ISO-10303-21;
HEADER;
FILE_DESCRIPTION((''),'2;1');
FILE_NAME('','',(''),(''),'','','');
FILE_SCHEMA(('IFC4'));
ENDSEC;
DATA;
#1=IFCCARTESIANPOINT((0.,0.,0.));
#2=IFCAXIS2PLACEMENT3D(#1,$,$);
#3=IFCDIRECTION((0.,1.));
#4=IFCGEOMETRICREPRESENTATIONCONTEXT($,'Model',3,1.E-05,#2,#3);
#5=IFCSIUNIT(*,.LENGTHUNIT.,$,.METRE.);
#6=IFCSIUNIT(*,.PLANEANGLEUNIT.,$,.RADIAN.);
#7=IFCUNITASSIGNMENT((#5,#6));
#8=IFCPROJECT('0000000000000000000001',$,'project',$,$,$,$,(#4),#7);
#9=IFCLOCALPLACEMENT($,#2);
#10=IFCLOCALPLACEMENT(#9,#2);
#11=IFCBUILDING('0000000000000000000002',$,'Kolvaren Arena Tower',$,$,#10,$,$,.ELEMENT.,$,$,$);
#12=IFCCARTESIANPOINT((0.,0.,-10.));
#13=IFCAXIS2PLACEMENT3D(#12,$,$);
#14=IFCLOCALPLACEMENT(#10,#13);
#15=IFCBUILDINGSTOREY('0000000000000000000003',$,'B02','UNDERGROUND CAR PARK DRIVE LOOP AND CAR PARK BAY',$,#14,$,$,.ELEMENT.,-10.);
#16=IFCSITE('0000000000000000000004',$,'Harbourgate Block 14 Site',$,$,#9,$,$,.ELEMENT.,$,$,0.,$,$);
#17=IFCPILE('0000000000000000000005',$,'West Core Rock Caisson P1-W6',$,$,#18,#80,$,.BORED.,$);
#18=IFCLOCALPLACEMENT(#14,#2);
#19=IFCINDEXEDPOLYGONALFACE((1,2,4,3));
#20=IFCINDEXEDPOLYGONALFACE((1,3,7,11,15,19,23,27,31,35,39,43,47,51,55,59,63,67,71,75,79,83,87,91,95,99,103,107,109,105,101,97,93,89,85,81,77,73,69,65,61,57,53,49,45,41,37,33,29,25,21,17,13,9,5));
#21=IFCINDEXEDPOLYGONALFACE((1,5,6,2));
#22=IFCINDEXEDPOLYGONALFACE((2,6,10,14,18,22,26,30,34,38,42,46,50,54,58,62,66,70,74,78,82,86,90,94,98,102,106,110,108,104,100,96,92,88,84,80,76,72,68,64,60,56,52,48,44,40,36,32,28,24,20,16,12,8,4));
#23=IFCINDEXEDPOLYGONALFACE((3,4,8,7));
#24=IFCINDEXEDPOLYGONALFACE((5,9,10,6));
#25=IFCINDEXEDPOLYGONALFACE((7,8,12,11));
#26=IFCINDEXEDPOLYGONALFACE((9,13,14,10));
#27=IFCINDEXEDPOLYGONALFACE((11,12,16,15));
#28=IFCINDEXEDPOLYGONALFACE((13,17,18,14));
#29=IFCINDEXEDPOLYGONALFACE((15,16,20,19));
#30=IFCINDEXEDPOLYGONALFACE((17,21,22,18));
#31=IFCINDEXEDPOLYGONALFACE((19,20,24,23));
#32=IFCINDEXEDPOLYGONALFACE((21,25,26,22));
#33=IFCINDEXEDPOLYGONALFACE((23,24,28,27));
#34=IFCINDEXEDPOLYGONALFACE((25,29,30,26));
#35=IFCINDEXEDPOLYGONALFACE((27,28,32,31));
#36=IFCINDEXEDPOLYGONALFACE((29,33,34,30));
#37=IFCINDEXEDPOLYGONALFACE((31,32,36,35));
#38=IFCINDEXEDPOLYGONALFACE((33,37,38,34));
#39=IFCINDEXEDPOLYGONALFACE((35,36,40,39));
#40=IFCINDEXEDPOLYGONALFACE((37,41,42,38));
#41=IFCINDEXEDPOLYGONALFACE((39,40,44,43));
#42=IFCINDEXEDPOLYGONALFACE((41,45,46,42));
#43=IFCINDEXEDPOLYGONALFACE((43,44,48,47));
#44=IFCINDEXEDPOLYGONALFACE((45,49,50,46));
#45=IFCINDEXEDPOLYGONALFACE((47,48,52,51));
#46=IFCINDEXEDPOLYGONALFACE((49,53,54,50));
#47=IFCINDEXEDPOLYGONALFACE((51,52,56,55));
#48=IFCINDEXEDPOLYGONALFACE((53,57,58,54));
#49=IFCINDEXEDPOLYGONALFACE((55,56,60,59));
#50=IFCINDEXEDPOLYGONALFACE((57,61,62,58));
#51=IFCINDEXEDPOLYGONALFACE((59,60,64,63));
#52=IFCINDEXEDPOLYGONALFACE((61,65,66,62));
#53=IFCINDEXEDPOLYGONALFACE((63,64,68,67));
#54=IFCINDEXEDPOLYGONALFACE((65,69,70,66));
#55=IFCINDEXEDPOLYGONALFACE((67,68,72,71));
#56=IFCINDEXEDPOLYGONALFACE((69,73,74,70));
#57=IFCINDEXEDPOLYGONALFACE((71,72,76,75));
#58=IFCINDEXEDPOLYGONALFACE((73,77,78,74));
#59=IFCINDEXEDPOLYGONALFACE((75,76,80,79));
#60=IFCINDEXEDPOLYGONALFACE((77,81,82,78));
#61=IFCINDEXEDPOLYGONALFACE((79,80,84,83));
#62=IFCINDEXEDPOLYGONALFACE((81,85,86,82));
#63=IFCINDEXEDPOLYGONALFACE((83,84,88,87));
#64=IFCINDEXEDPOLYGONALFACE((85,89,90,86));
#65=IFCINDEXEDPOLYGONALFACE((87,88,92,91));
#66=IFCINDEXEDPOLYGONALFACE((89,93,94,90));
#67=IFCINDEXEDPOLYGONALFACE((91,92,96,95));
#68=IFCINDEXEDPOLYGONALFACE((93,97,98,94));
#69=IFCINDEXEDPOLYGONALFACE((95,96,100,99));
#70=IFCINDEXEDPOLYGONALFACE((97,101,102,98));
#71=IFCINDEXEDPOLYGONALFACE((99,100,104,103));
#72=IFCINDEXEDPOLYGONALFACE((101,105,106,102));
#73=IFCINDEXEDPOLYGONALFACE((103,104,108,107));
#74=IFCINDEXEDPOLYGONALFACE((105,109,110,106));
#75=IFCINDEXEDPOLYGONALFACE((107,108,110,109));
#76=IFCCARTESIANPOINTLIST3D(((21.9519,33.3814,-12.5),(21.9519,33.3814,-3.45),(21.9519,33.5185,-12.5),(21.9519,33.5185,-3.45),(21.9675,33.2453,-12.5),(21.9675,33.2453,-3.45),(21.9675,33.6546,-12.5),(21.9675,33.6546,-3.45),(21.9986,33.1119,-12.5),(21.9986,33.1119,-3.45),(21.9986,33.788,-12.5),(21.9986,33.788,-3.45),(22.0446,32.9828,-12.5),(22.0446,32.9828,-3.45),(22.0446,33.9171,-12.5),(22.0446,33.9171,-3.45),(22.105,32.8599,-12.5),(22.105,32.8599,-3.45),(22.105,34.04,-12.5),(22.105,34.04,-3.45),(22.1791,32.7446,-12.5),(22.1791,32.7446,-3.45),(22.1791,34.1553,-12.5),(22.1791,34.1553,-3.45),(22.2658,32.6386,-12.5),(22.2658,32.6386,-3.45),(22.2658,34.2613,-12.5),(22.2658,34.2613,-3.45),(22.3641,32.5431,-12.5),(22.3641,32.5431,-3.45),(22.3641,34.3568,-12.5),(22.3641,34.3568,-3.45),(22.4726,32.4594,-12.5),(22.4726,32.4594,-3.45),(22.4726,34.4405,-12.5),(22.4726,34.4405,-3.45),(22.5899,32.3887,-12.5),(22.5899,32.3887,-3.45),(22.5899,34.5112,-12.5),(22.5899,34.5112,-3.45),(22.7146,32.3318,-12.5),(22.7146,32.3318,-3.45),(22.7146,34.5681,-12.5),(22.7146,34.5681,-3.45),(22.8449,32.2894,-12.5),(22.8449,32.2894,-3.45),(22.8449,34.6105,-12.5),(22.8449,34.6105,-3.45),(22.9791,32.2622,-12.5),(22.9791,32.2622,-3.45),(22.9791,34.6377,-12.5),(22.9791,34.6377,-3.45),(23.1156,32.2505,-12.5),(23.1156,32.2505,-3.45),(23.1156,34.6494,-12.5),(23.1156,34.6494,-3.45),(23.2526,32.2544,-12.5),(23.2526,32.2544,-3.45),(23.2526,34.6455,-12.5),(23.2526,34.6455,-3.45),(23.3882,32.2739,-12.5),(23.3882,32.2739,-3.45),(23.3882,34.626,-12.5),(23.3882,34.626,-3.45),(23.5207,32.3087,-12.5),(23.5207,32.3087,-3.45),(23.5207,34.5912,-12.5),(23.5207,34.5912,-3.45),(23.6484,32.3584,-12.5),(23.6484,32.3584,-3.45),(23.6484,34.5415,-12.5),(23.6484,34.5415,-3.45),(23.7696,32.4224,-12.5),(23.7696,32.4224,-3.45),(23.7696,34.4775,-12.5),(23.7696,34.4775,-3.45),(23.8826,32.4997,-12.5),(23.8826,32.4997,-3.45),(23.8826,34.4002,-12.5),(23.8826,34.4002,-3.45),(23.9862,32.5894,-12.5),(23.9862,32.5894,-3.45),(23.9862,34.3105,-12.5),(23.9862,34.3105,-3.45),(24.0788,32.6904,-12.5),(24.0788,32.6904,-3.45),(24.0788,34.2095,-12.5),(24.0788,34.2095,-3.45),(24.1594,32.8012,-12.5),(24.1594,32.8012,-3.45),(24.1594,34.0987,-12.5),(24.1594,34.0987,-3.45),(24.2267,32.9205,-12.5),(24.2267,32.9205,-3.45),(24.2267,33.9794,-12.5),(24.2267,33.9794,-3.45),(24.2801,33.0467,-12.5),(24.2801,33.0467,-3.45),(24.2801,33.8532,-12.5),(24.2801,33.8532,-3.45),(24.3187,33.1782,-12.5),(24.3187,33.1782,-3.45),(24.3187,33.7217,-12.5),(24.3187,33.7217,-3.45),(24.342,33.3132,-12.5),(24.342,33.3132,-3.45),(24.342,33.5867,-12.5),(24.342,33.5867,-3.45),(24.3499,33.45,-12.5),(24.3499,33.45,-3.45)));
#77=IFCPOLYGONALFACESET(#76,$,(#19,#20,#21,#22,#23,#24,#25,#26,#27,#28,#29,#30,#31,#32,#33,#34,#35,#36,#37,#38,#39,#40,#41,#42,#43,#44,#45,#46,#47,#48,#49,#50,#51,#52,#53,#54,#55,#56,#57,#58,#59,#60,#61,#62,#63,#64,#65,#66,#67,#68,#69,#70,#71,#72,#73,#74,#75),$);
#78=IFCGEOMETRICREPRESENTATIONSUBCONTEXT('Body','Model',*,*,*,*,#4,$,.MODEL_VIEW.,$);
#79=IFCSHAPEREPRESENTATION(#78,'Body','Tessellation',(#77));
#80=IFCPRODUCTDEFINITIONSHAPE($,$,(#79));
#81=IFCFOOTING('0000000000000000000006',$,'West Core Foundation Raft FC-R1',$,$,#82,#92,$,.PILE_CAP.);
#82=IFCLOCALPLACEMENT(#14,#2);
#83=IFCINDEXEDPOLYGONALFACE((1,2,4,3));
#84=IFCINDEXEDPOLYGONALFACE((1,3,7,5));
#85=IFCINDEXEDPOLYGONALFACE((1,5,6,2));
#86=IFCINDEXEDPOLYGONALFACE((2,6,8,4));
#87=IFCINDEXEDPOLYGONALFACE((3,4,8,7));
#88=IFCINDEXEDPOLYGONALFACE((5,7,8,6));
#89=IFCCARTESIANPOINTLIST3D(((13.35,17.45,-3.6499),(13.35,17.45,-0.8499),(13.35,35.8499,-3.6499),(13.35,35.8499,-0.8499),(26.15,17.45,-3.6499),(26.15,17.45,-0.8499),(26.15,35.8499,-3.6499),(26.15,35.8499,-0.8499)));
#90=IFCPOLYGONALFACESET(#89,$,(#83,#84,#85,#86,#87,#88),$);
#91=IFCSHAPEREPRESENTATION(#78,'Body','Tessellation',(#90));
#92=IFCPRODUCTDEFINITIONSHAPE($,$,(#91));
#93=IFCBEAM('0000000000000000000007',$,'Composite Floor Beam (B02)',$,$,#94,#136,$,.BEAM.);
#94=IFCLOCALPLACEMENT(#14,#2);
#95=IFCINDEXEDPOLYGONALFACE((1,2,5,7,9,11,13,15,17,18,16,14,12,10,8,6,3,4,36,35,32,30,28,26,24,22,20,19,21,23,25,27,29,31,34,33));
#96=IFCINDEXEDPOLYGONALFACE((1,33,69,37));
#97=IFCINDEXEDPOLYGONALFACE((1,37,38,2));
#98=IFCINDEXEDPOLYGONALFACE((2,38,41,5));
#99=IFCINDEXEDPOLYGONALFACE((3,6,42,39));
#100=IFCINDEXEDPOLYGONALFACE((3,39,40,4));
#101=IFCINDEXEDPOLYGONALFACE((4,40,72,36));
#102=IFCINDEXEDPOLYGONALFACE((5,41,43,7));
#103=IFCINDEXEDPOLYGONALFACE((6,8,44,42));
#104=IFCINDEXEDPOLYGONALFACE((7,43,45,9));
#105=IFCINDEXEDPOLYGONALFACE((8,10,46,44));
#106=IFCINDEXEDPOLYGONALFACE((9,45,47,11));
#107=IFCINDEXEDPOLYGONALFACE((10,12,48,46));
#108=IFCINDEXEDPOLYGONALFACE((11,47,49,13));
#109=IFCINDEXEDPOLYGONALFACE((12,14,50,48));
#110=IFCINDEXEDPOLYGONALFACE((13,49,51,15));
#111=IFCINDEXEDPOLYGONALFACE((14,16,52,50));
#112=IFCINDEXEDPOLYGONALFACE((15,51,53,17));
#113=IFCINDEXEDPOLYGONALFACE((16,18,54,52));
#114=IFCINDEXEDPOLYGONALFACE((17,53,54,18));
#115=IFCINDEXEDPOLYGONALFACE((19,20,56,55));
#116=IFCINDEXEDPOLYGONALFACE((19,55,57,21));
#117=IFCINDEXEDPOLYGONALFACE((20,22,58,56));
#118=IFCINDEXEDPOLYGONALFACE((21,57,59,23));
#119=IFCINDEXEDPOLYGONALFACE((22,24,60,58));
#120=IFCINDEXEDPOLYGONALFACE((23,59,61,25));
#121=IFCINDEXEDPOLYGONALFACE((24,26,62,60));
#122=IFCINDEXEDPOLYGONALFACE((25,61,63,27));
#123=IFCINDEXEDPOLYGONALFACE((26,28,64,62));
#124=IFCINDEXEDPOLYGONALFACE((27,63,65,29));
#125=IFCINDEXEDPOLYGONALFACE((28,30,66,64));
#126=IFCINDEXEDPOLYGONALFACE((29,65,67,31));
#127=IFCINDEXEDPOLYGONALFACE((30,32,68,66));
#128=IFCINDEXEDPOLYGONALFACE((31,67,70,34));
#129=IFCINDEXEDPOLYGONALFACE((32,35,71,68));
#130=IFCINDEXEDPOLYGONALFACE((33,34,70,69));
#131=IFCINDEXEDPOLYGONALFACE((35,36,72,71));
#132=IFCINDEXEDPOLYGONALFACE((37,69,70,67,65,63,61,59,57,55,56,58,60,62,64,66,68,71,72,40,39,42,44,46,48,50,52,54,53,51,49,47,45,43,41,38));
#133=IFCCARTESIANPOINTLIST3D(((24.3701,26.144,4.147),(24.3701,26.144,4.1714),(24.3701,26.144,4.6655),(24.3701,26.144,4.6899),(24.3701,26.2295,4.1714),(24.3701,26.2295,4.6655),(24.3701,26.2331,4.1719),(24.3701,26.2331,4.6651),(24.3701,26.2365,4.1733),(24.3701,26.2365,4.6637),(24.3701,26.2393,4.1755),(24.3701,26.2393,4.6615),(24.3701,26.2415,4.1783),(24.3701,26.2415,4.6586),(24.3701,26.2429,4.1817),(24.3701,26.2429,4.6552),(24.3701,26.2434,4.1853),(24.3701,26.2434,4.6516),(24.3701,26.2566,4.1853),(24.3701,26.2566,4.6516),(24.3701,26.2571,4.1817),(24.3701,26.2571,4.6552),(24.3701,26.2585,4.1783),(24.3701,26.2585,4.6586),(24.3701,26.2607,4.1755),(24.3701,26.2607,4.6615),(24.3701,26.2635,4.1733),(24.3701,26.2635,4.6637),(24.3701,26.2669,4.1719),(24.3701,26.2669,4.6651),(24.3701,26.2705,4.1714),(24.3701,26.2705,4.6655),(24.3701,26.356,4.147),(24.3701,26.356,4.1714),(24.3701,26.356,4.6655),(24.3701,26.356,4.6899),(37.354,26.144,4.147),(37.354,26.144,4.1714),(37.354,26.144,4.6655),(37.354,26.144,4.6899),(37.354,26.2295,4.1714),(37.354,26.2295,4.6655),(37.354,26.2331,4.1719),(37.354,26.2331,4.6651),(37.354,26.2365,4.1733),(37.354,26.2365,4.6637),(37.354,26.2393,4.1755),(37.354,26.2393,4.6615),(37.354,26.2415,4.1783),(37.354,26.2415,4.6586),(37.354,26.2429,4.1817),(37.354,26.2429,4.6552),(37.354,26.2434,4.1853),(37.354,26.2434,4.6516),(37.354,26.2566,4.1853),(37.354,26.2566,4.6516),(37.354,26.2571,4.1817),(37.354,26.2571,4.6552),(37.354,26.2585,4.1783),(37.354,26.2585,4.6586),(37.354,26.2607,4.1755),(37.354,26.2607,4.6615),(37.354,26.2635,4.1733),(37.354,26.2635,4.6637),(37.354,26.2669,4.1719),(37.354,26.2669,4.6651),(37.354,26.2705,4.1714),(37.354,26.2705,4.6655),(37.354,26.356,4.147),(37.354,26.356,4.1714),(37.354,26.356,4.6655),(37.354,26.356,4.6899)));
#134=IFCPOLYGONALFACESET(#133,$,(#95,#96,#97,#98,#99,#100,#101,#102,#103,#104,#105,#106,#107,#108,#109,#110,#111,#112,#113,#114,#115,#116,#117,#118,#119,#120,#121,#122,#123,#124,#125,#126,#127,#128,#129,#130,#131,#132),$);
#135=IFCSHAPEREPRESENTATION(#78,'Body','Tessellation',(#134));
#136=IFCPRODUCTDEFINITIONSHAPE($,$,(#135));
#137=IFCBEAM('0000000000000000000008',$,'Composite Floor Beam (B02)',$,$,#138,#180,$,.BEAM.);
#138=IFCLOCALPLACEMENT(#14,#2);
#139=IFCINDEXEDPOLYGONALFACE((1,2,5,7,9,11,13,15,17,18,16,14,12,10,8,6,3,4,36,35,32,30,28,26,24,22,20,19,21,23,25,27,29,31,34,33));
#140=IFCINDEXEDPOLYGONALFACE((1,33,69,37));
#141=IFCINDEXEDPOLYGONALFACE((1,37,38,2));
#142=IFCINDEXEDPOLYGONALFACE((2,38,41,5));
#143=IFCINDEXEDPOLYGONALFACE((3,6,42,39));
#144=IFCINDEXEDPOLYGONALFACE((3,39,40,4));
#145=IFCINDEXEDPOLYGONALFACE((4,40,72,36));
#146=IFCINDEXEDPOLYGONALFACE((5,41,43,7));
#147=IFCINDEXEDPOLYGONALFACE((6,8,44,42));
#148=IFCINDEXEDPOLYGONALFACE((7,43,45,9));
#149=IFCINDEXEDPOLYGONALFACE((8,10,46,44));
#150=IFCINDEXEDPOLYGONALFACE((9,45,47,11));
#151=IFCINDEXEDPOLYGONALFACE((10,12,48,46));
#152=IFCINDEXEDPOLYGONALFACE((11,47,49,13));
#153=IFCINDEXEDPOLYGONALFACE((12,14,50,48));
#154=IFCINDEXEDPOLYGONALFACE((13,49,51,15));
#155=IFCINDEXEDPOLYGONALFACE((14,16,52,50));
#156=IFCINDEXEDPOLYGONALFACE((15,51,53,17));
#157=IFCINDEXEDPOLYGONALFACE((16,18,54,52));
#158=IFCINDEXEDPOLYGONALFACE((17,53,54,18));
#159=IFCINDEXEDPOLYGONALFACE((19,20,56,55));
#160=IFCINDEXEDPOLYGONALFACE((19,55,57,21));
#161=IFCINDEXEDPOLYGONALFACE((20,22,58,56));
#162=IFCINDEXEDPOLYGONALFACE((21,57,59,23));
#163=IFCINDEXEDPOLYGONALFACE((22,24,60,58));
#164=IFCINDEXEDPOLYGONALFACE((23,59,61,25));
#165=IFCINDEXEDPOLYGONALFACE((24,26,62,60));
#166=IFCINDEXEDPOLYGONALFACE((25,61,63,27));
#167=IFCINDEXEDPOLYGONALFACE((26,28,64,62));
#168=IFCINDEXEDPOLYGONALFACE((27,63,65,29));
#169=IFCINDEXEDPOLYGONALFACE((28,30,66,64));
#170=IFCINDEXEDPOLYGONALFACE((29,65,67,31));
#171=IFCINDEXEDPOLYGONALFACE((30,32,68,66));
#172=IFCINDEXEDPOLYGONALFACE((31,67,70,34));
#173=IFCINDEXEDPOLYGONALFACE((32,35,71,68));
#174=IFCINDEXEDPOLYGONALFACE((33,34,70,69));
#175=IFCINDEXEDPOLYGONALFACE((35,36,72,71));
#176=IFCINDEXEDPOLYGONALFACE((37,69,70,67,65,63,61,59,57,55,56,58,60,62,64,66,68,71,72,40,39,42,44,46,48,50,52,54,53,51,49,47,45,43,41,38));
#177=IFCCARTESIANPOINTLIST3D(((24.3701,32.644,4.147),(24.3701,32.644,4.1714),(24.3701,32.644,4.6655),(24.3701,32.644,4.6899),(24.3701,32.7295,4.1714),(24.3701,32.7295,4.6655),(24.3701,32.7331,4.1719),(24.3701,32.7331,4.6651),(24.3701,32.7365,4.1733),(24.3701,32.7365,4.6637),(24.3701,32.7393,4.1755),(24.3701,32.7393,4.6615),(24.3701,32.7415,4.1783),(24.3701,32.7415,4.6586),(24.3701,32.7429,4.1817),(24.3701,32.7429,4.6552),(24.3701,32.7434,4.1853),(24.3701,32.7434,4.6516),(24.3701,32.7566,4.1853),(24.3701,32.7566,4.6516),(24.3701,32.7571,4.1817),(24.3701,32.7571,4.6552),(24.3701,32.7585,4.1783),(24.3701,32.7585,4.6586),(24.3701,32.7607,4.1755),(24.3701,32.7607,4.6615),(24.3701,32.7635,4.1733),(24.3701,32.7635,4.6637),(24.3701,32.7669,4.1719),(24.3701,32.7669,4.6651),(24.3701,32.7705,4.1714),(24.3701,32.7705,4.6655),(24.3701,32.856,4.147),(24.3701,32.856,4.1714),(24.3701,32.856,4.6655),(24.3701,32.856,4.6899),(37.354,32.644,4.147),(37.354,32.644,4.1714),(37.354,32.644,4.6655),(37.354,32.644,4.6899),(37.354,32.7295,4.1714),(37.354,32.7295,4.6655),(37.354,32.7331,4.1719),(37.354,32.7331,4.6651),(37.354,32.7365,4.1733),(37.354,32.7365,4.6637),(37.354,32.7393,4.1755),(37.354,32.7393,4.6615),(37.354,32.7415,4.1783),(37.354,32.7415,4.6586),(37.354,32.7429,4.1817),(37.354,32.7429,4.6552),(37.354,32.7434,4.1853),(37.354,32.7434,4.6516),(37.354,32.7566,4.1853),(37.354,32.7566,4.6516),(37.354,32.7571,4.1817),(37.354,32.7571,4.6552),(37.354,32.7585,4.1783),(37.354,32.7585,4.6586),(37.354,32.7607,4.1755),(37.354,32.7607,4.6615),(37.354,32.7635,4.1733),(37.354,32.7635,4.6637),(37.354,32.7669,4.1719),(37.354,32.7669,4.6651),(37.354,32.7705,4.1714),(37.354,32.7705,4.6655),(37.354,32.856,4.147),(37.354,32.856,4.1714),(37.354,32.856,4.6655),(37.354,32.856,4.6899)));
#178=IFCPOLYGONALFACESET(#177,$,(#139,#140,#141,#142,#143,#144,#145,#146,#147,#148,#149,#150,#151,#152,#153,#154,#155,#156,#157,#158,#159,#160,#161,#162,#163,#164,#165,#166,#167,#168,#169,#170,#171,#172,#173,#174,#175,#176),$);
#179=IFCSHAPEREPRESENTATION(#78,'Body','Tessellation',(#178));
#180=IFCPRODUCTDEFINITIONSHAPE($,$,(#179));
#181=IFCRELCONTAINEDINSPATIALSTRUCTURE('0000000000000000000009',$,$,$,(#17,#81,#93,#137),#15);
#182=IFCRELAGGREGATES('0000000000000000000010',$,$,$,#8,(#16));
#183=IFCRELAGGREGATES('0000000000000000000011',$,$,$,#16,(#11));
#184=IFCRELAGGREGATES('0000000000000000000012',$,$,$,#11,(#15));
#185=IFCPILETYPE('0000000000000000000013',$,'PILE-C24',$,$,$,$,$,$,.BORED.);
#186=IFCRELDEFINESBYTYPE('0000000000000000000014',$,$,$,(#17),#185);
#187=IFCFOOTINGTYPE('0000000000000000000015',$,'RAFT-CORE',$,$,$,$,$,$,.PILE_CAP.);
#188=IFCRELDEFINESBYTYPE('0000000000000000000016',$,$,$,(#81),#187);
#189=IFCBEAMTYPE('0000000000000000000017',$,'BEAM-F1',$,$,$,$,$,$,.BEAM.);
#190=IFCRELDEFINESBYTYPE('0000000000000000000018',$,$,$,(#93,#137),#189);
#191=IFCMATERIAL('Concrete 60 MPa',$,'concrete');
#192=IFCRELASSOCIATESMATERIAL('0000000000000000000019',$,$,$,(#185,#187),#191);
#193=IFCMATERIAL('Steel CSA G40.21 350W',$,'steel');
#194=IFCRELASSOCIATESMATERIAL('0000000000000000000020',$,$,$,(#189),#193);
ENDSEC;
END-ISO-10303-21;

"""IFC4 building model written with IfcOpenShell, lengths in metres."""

from ifc_helpers import new_model, si_unit, direction, frame, origin, origin_2d, place, context, subcontext, project, spatial, rectangle, circle, i_section, extrude, material, material_profile, profile_set, type_object, element, save


model = new_model("IFC4")

# Units and contexts
model_context = context("Model", 3, precision=1e-05, world=origin(), true_north=direction((0.0, 1.0)))
body_context = subcontext(model_context, "Body", "Model", "MODEL_VIEW")
ifc_project = project(units=[si_unit("LENGTHUNIT", "METRE"), si_unit("PLANEANGLEUNIT", "RADIAN")], contexts=[model_context])

# Site, building, storey
site_placement = place(None, origin())
site = spatial("IfcSite", under=ifc_project, at=site_placement, Name="Harbourgate Block 14 Site", CompositionType="ELEMENT", RefElevation=0.0)
building_placement = place(site_placement, origin())
building = spatial("IfcBuilding", under=site, at=building_placement, Name="Kolvaren Arena Tower", CompositionType="ELEMENT")
storey_placement = place(building_placement, frame((0.0, 0.0, -10.0)))
storey = spatial("IfcBuildingStorey", under=building, at=storey_placement, Name="B02", Description="UNDERGROUND CAR PARK DRIVE LOOP AND CAR PARK BAY", CompositionType="ELEMENT", Elevation=-10.0)

# Pile
ifc_material_1 = material(Name="Concrete 60 MPa", Category="concrete")
ifc_material_profile_1 = material_profile(ifc_material_1, circle(Radius=1.2, at=origin_2d()), Name="CAISSON-D2400")
ifc_profile_set_1 = profile_set([ifc_material_profile_1], Name="Concrete 60 MPa")
pile_type = type_object("IfcPileType", Name="PILE-C24", PredefinedType="BORED", material=ifc_profile_set_1)
for number, where, z_axis, x_axis, name in (
    (1, (23.1499, 33.45, -3.45), (0.0, 0.0, -1.0), (1.0, 0.0, 0.0), "West Core Rock Caisson P1-W6"),
):
    element("IfcPile", number, at=place(storey_placement, frame(where, z_axis=z_axis, x_axis=x_axis)), inside=storey, type_object=pile_type, Name=name, PredefinedType="BORED", context=body_context, shape_type="SweptSolid", body=[
        extrude(circle(Radius=1.2, at=origin_2d()), origin(), (0.0, 0.0, 1.0), 9.05),
    ])

# Footing
footing_type = type_object("IfcFootingType", Name="RAFT-CORE", PredefinedType="PILE_CAP", material=ifc_material_1)
footing_placement = place(storey_placement, frame((19.75, 26.6499, -3.6499), z_axis=(0.0, 0.0, 1.0), x_axis=(1.0, 0.0, 0.0)))
element("IfcFooting", 2, at=footing_placement, inside=storey, type_object=footing_type, Name="West Core Foundation Raft FC-R1", PredefinedType="PILE_CAP", context=body_context, shape_type="SweptSolid", body=[
    extrude(rectangle(XDim=12.8, YDim=18.3999, at=origin_2d()), origin(), (0.0, 0.0, 1.0), 2.8),
])

# Beams
ifc_material_2 = material(Name="Steel CSA G40.21 350W", Category="steel")
ifc_material_profile_2 = material_profile(ifc_material_2, i_section(OverallWidth=0.2119, OverallDepth=0.543, WebThickness=0.0132, FlangeThickness=0.0244, FilletRadius=0.0139, at=origin_2d()), Name="W530x150")
ifc_profile_set_2 = profile_set([ifc_material_profile_2], Name="Steel CSA G40.21 350W")
beam_type_1 = type_object("IfcBeamType", Name="BEAM-F1", PredefinedType="BEAM", material=ifc_profile_set_2)
for number, where, z_axis, x_axis, name in (
    (3, (24.3701, 26.25, 4.4185), (1.0, 0.0, 0.0), (0.0, 1.0, 0.0), "Composite Floor Beam (B02)"),
    (4, (24.3701, 32.75, 4.4185), (1.0, 0.0, 0.0), (0.0, 1.0, 0.0), "Composite Floor Beam (B02)"),
):
    element("IfcBeam", number, at=place(storey_placement, frame(where, z_axis=z_axis, x_axis=x_axis)), inside=storey, type_object=beam_type_1, Name=name, PredefinedType="BEAM", context=body_context, shape_type="SweptSolid", body=[
        extrude(i_section(OverallWidth=0.2119, OverallDepth=0.543, WebThickness=0.0132, FlangeThickness=0.0244, FilletRadius=0.0139, at=origin_2d()), origin(), (0.0, 0.0, 1.0), 12.9839),
    ])

save(model, "model.ifc")
